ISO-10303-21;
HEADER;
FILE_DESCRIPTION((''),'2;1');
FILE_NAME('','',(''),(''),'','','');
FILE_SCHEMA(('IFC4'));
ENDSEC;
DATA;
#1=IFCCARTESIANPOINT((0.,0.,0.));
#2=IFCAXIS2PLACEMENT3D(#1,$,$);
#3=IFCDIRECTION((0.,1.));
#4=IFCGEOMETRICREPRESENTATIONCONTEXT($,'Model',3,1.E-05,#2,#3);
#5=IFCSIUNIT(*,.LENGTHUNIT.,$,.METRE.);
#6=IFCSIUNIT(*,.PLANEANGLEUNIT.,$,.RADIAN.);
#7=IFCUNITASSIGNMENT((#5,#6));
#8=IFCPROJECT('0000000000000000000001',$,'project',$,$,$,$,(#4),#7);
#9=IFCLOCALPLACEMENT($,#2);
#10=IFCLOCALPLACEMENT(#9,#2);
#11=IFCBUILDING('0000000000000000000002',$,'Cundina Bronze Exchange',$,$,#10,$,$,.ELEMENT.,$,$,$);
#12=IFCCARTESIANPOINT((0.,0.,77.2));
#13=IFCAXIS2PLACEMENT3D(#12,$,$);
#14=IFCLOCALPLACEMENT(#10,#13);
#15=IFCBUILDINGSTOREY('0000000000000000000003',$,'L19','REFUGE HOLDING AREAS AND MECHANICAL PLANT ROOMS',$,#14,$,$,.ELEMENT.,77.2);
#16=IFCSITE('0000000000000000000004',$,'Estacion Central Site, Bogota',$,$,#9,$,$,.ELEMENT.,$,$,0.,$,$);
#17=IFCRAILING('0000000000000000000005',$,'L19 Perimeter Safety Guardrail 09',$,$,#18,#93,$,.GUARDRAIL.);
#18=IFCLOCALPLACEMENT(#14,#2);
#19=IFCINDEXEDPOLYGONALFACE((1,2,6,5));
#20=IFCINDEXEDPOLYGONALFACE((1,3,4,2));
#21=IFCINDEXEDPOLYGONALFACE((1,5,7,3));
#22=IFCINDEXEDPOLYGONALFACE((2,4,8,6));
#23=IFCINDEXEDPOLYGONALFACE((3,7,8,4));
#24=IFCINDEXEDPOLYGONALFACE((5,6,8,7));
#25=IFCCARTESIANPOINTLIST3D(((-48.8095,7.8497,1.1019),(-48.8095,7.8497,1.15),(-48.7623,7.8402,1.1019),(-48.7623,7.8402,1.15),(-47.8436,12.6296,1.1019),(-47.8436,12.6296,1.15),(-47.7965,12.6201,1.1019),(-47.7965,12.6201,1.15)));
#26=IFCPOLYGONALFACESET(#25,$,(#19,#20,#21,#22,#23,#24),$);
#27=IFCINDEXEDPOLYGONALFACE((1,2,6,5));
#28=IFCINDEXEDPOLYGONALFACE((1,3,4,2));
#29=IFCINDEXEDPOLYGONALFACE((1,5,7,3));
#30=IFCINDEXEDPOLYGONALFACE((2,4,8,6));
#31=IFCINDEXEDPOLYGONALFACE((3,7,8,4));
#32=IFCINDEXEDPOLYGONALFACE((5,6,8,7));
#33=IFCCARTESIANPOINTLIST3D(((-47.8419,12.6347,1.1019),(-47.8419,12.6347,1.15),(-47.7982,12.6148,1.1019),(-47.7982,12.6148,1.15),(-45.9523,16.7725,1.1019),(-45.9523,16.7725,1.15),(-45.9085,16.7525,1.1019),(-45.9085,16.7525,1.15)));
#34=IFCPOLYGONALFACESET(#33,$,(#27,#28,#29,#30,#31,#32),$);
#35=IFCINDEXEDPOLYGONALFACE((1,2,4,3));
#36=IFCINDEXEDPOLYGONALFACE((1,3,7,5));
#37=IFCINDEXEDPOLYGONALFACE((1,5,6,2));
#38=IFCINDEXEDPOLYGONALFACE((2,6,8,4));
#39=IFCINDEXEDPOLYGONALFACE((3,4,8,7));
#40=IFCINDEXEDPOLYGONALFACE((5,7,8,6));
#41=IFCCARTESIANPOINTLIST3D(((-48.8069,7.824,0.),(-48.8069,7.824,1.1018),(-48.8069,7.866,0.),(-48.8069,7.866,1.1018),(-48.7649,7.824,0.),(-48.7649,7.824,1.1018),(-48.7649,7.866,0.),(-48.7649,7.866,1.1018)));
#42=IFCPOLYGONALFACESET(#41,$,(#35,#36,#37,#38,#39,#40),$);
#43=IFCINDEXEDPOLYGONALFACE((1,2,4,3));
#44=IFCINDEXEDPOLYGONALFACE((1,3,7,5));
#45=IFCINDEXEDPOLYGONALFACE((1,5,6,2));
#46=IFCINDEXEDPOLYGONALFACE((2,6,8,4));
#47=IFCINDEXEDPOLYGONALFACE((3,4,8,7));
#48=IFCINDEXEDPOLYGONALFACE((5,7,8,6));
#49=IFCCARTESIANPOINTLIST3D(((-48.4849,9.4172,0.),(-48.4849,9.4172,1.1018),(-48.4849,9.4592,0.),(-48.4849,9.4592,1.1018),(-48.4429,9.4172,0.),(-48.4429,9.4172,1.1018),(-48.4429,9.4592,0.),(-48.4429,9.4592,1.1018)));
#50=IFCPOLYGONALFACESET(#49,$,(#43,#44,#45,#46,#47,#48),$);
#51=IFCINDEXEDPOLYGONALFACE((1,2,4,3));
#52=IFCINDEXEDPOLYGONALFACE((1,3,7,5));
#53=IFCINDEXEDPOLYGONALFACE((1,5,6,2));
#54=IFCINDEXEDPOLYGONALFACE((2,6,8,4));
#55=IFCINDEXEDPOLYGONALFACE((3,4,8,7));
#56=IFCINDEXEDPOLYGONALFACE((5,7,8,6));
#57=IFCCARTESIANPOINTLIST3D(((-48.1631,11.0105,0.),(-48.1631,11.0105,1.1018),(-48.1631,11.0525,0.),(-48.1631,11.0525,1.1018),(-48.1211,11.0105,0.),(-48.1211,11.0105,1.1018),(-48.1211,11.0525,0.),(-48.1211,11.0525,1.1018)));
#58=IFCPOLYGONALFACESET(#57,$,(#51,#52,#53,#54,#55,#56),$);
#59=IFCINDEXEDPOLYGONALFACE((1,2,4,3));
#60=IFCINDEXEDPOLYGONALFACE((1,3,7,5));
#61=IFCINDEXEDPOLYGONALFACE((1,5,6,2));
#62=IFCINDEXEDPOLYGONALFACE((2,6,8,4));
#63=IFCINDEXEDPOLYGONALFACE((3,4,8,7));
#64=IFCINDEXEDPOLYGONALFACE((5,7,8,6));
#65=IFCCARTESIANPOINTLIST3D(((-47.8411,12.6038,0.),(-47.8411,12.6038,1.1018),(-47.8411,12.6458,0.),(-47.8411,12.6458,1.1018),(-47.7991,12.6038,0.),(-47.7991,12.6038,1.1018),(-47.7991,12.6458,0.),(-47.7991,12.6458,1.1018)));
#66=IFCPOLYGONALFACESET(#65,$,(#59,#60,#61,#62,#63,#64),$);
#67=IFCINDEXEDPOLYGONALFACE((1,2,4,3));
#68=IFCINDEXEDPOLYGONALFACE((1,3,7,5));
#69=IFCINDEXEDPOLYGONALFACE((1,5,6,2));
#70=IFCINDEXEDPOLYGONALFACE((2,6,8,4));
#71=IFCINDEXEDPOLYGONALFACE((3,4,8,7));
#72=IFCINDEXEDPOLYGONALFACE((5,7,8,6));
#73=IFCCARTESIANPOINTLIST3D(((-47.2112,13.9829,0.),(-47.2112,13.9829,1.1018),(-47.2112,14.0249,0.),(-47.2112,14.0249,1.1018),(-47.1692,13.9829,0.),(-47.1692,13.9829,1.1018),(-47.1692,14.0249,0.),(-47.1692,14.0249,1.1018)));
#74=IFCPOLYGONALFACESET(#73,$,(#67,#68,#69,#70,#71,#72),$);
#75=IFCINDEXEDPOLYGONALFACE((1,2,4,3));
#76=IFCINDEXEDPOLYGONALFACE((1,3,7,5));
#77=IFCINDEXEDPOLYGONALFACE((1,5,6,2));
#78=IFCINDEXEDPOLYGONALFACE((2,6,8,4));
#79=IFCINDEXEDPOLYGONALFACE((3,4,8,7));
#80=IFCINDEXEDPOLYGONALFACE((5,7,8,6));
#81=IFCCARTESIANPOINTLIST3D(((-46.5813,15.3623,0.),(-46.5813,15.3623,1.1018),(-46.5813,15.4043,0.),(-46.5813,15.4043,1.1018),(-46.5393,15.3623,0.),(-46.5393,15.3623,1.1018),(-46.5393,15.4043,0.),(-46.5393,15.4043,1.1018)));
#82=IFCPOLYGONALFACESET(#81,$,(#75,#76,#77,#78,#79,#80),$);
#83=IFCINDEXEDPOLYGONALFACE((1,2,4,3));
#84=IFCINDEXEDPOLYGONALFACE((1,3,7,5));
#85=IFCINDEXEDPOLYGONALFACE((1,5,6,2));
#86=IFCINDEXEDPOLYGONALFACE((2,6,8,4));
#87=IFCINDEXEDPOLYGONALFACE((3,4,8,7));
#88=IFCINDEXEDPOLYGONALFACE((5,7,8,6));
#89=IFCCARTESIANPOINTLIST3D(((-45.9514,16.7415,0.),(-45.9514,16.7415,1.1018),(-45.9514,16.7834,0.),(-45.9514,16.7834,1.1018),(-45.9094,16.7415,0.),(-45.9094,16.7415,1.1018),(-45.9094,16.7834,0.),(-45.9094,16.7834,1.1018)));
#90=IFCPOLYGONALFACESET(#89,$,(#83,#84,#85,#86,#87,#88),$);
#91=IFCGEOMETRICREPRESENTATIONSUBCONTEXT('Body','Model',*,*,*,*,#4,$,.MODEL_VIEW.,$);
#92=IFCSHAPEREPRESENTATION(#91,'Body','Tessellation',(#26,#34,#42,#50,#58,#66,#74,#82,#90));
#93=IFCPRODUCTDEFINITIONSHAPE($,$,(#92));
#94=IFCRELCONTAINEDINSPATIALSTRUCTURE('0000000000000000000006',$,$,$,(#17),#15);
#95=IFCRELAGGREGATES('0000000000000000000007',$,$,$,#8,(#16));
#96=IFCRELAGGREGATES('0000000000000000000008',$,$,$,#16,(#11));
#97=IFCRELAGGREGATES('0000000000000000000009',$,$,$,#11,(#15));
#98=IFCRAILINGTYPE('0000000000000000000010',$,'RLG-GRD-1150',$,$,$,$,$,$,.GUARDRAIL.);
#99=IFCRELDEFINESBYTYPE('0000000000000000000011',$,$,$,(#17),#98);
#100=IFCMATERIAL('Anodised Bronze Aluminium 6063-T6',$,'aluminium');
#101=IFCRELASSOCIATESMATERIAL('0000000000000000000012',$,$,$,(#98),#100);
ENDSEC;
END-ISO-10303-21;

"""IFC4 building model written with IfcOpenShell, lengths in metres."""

from ifc_helpers import new_model, si_unit, direction, frame, origin, origin_2d, place, context, subcontext, project, spatial, rectangle, extrude, material, type_object, element, save


model = new_model("IFC4")

# Units and contexts
model_context = context("Model", 3, precision=1e-05, world=origin(), true_north=direction((0.0, 1.0)))
body_context = subcontext(model_context, "Body", "Model", "MODEL_VIEW")
ifc_project = project(units=[si_unit("LENGTHUNIT", "METRE"), si_unit("PLANEANGLEUNIT", "RADIAN")], contexts=[model_context])

# Site, building, storey
site_placement = place(None, origin())
site = spatial("IfcSite", under=ifc_project, at=site_placement, Name="Estacion Central Site, Bogota", CompositionType="ELEMENT", RefElevation=0.0)
building_placement = place(site_placement, origin())
building = spatial("IfcBuilding", under=site, at=building_placement, Name="Cundina Bronze Exchange", CompositionType="ELEMENT")
storey_placement = place(building_placement, frame((0.0, 0.0, 77.2)))
storey = spatial("IfcBuildingStorey", under=building, at=storey_placement, Name="L19", Description="REFUGE HOLDING AREAS AND MECHANICAL PLANT ROOMS", CompositionType="ELEMENT", Elevation=77.2)

# Railing
ifc_material_1 = material(Name="Anodised Bronze Aluminium 6063-T6", Category="aluminium")
railing_type = type_object("IfcRailingType", Name="RLG-GRD-1150", PredefinedType="GUARDRAIL", material=ifc_material_1)
railing_placement = place(storey_placement, frame((-48.7859, 7.845, 0.0)))
element("IfcRailing", 1, at=railing_placement, inside=storey, type_object=railing_type, Name="L19 Perimeter Safety Guardrail 09", PredefinedType="GUARDRAIL", context=body_context, shape_type="SweptSolid", body=[
    extrude(rectangle(XDim=0.0481, YDim=0.0481, at=origin_2d()), frame((0.0, 0.0, 1.126), z_axis=(0.198061, 0.98019, 0.0), x_axis=(-0.98019, 0.198061, 0.0)), (0.0, 0.0, 1.0), 4.8765),
    extrude(rectangle(XDim=0.0481, YDim=0.0481, at=origin_2d()), frame((0.9658, 4.7798, 1.126), z_axis=(0.41542, 0.90963, 0.0), x_axis=(-0.90963, 0.41542, 0.0)), (0.0, 0.0, 1.0), 4.5488),
    extrude(rectangle(XDim=0.042, YDim=0.042, at=origin_2d()), origin(), (0.0, 0.0, 1.0), 1.1018),
    extrude(rectangle(XDim=0.042, YDim=0.042, at=origin_2d()), frame((0.322, 1.5933, 0.0)), (0.0, 0.0, 1.0), 1.1018),
    extrude(rectangle(XDim=0.042, YDim=0.042, at=origin_2d()), frame((0.6438, 3.1865, 0.0)), (0.0, 0.0, 1.0), 1.1018),
    extrude(rectangle(XDim=0.042, YDim=0.042, at=origin_2d()), frame((0.9658, 4.7798, 0.0)), (0.0, 0.0, 1.0), 1.1018),
    extrude(rectangle(XDim=0.042, YDim=0.042, at=origin_2d()), frame((1.5957, 6.1589, 0.0)), (0.0, 0.0, 1.0), 1.1018),
    extrude(rectangle(XDim=0.042, YDim=0.042, at=origin_2d()), frame((2.2256, 7.5383, 0.0)), (0.0, 0.0, 1.0), 1.1018),
    extrude(rectangle(XDim=0.042, YDim=0.042, at=origin_2d()), frame((2.8555, 8.9175, 0.0)), (0.0, 0.0, 1.0), 1.1018),
])

save(model, "model.ifc")
